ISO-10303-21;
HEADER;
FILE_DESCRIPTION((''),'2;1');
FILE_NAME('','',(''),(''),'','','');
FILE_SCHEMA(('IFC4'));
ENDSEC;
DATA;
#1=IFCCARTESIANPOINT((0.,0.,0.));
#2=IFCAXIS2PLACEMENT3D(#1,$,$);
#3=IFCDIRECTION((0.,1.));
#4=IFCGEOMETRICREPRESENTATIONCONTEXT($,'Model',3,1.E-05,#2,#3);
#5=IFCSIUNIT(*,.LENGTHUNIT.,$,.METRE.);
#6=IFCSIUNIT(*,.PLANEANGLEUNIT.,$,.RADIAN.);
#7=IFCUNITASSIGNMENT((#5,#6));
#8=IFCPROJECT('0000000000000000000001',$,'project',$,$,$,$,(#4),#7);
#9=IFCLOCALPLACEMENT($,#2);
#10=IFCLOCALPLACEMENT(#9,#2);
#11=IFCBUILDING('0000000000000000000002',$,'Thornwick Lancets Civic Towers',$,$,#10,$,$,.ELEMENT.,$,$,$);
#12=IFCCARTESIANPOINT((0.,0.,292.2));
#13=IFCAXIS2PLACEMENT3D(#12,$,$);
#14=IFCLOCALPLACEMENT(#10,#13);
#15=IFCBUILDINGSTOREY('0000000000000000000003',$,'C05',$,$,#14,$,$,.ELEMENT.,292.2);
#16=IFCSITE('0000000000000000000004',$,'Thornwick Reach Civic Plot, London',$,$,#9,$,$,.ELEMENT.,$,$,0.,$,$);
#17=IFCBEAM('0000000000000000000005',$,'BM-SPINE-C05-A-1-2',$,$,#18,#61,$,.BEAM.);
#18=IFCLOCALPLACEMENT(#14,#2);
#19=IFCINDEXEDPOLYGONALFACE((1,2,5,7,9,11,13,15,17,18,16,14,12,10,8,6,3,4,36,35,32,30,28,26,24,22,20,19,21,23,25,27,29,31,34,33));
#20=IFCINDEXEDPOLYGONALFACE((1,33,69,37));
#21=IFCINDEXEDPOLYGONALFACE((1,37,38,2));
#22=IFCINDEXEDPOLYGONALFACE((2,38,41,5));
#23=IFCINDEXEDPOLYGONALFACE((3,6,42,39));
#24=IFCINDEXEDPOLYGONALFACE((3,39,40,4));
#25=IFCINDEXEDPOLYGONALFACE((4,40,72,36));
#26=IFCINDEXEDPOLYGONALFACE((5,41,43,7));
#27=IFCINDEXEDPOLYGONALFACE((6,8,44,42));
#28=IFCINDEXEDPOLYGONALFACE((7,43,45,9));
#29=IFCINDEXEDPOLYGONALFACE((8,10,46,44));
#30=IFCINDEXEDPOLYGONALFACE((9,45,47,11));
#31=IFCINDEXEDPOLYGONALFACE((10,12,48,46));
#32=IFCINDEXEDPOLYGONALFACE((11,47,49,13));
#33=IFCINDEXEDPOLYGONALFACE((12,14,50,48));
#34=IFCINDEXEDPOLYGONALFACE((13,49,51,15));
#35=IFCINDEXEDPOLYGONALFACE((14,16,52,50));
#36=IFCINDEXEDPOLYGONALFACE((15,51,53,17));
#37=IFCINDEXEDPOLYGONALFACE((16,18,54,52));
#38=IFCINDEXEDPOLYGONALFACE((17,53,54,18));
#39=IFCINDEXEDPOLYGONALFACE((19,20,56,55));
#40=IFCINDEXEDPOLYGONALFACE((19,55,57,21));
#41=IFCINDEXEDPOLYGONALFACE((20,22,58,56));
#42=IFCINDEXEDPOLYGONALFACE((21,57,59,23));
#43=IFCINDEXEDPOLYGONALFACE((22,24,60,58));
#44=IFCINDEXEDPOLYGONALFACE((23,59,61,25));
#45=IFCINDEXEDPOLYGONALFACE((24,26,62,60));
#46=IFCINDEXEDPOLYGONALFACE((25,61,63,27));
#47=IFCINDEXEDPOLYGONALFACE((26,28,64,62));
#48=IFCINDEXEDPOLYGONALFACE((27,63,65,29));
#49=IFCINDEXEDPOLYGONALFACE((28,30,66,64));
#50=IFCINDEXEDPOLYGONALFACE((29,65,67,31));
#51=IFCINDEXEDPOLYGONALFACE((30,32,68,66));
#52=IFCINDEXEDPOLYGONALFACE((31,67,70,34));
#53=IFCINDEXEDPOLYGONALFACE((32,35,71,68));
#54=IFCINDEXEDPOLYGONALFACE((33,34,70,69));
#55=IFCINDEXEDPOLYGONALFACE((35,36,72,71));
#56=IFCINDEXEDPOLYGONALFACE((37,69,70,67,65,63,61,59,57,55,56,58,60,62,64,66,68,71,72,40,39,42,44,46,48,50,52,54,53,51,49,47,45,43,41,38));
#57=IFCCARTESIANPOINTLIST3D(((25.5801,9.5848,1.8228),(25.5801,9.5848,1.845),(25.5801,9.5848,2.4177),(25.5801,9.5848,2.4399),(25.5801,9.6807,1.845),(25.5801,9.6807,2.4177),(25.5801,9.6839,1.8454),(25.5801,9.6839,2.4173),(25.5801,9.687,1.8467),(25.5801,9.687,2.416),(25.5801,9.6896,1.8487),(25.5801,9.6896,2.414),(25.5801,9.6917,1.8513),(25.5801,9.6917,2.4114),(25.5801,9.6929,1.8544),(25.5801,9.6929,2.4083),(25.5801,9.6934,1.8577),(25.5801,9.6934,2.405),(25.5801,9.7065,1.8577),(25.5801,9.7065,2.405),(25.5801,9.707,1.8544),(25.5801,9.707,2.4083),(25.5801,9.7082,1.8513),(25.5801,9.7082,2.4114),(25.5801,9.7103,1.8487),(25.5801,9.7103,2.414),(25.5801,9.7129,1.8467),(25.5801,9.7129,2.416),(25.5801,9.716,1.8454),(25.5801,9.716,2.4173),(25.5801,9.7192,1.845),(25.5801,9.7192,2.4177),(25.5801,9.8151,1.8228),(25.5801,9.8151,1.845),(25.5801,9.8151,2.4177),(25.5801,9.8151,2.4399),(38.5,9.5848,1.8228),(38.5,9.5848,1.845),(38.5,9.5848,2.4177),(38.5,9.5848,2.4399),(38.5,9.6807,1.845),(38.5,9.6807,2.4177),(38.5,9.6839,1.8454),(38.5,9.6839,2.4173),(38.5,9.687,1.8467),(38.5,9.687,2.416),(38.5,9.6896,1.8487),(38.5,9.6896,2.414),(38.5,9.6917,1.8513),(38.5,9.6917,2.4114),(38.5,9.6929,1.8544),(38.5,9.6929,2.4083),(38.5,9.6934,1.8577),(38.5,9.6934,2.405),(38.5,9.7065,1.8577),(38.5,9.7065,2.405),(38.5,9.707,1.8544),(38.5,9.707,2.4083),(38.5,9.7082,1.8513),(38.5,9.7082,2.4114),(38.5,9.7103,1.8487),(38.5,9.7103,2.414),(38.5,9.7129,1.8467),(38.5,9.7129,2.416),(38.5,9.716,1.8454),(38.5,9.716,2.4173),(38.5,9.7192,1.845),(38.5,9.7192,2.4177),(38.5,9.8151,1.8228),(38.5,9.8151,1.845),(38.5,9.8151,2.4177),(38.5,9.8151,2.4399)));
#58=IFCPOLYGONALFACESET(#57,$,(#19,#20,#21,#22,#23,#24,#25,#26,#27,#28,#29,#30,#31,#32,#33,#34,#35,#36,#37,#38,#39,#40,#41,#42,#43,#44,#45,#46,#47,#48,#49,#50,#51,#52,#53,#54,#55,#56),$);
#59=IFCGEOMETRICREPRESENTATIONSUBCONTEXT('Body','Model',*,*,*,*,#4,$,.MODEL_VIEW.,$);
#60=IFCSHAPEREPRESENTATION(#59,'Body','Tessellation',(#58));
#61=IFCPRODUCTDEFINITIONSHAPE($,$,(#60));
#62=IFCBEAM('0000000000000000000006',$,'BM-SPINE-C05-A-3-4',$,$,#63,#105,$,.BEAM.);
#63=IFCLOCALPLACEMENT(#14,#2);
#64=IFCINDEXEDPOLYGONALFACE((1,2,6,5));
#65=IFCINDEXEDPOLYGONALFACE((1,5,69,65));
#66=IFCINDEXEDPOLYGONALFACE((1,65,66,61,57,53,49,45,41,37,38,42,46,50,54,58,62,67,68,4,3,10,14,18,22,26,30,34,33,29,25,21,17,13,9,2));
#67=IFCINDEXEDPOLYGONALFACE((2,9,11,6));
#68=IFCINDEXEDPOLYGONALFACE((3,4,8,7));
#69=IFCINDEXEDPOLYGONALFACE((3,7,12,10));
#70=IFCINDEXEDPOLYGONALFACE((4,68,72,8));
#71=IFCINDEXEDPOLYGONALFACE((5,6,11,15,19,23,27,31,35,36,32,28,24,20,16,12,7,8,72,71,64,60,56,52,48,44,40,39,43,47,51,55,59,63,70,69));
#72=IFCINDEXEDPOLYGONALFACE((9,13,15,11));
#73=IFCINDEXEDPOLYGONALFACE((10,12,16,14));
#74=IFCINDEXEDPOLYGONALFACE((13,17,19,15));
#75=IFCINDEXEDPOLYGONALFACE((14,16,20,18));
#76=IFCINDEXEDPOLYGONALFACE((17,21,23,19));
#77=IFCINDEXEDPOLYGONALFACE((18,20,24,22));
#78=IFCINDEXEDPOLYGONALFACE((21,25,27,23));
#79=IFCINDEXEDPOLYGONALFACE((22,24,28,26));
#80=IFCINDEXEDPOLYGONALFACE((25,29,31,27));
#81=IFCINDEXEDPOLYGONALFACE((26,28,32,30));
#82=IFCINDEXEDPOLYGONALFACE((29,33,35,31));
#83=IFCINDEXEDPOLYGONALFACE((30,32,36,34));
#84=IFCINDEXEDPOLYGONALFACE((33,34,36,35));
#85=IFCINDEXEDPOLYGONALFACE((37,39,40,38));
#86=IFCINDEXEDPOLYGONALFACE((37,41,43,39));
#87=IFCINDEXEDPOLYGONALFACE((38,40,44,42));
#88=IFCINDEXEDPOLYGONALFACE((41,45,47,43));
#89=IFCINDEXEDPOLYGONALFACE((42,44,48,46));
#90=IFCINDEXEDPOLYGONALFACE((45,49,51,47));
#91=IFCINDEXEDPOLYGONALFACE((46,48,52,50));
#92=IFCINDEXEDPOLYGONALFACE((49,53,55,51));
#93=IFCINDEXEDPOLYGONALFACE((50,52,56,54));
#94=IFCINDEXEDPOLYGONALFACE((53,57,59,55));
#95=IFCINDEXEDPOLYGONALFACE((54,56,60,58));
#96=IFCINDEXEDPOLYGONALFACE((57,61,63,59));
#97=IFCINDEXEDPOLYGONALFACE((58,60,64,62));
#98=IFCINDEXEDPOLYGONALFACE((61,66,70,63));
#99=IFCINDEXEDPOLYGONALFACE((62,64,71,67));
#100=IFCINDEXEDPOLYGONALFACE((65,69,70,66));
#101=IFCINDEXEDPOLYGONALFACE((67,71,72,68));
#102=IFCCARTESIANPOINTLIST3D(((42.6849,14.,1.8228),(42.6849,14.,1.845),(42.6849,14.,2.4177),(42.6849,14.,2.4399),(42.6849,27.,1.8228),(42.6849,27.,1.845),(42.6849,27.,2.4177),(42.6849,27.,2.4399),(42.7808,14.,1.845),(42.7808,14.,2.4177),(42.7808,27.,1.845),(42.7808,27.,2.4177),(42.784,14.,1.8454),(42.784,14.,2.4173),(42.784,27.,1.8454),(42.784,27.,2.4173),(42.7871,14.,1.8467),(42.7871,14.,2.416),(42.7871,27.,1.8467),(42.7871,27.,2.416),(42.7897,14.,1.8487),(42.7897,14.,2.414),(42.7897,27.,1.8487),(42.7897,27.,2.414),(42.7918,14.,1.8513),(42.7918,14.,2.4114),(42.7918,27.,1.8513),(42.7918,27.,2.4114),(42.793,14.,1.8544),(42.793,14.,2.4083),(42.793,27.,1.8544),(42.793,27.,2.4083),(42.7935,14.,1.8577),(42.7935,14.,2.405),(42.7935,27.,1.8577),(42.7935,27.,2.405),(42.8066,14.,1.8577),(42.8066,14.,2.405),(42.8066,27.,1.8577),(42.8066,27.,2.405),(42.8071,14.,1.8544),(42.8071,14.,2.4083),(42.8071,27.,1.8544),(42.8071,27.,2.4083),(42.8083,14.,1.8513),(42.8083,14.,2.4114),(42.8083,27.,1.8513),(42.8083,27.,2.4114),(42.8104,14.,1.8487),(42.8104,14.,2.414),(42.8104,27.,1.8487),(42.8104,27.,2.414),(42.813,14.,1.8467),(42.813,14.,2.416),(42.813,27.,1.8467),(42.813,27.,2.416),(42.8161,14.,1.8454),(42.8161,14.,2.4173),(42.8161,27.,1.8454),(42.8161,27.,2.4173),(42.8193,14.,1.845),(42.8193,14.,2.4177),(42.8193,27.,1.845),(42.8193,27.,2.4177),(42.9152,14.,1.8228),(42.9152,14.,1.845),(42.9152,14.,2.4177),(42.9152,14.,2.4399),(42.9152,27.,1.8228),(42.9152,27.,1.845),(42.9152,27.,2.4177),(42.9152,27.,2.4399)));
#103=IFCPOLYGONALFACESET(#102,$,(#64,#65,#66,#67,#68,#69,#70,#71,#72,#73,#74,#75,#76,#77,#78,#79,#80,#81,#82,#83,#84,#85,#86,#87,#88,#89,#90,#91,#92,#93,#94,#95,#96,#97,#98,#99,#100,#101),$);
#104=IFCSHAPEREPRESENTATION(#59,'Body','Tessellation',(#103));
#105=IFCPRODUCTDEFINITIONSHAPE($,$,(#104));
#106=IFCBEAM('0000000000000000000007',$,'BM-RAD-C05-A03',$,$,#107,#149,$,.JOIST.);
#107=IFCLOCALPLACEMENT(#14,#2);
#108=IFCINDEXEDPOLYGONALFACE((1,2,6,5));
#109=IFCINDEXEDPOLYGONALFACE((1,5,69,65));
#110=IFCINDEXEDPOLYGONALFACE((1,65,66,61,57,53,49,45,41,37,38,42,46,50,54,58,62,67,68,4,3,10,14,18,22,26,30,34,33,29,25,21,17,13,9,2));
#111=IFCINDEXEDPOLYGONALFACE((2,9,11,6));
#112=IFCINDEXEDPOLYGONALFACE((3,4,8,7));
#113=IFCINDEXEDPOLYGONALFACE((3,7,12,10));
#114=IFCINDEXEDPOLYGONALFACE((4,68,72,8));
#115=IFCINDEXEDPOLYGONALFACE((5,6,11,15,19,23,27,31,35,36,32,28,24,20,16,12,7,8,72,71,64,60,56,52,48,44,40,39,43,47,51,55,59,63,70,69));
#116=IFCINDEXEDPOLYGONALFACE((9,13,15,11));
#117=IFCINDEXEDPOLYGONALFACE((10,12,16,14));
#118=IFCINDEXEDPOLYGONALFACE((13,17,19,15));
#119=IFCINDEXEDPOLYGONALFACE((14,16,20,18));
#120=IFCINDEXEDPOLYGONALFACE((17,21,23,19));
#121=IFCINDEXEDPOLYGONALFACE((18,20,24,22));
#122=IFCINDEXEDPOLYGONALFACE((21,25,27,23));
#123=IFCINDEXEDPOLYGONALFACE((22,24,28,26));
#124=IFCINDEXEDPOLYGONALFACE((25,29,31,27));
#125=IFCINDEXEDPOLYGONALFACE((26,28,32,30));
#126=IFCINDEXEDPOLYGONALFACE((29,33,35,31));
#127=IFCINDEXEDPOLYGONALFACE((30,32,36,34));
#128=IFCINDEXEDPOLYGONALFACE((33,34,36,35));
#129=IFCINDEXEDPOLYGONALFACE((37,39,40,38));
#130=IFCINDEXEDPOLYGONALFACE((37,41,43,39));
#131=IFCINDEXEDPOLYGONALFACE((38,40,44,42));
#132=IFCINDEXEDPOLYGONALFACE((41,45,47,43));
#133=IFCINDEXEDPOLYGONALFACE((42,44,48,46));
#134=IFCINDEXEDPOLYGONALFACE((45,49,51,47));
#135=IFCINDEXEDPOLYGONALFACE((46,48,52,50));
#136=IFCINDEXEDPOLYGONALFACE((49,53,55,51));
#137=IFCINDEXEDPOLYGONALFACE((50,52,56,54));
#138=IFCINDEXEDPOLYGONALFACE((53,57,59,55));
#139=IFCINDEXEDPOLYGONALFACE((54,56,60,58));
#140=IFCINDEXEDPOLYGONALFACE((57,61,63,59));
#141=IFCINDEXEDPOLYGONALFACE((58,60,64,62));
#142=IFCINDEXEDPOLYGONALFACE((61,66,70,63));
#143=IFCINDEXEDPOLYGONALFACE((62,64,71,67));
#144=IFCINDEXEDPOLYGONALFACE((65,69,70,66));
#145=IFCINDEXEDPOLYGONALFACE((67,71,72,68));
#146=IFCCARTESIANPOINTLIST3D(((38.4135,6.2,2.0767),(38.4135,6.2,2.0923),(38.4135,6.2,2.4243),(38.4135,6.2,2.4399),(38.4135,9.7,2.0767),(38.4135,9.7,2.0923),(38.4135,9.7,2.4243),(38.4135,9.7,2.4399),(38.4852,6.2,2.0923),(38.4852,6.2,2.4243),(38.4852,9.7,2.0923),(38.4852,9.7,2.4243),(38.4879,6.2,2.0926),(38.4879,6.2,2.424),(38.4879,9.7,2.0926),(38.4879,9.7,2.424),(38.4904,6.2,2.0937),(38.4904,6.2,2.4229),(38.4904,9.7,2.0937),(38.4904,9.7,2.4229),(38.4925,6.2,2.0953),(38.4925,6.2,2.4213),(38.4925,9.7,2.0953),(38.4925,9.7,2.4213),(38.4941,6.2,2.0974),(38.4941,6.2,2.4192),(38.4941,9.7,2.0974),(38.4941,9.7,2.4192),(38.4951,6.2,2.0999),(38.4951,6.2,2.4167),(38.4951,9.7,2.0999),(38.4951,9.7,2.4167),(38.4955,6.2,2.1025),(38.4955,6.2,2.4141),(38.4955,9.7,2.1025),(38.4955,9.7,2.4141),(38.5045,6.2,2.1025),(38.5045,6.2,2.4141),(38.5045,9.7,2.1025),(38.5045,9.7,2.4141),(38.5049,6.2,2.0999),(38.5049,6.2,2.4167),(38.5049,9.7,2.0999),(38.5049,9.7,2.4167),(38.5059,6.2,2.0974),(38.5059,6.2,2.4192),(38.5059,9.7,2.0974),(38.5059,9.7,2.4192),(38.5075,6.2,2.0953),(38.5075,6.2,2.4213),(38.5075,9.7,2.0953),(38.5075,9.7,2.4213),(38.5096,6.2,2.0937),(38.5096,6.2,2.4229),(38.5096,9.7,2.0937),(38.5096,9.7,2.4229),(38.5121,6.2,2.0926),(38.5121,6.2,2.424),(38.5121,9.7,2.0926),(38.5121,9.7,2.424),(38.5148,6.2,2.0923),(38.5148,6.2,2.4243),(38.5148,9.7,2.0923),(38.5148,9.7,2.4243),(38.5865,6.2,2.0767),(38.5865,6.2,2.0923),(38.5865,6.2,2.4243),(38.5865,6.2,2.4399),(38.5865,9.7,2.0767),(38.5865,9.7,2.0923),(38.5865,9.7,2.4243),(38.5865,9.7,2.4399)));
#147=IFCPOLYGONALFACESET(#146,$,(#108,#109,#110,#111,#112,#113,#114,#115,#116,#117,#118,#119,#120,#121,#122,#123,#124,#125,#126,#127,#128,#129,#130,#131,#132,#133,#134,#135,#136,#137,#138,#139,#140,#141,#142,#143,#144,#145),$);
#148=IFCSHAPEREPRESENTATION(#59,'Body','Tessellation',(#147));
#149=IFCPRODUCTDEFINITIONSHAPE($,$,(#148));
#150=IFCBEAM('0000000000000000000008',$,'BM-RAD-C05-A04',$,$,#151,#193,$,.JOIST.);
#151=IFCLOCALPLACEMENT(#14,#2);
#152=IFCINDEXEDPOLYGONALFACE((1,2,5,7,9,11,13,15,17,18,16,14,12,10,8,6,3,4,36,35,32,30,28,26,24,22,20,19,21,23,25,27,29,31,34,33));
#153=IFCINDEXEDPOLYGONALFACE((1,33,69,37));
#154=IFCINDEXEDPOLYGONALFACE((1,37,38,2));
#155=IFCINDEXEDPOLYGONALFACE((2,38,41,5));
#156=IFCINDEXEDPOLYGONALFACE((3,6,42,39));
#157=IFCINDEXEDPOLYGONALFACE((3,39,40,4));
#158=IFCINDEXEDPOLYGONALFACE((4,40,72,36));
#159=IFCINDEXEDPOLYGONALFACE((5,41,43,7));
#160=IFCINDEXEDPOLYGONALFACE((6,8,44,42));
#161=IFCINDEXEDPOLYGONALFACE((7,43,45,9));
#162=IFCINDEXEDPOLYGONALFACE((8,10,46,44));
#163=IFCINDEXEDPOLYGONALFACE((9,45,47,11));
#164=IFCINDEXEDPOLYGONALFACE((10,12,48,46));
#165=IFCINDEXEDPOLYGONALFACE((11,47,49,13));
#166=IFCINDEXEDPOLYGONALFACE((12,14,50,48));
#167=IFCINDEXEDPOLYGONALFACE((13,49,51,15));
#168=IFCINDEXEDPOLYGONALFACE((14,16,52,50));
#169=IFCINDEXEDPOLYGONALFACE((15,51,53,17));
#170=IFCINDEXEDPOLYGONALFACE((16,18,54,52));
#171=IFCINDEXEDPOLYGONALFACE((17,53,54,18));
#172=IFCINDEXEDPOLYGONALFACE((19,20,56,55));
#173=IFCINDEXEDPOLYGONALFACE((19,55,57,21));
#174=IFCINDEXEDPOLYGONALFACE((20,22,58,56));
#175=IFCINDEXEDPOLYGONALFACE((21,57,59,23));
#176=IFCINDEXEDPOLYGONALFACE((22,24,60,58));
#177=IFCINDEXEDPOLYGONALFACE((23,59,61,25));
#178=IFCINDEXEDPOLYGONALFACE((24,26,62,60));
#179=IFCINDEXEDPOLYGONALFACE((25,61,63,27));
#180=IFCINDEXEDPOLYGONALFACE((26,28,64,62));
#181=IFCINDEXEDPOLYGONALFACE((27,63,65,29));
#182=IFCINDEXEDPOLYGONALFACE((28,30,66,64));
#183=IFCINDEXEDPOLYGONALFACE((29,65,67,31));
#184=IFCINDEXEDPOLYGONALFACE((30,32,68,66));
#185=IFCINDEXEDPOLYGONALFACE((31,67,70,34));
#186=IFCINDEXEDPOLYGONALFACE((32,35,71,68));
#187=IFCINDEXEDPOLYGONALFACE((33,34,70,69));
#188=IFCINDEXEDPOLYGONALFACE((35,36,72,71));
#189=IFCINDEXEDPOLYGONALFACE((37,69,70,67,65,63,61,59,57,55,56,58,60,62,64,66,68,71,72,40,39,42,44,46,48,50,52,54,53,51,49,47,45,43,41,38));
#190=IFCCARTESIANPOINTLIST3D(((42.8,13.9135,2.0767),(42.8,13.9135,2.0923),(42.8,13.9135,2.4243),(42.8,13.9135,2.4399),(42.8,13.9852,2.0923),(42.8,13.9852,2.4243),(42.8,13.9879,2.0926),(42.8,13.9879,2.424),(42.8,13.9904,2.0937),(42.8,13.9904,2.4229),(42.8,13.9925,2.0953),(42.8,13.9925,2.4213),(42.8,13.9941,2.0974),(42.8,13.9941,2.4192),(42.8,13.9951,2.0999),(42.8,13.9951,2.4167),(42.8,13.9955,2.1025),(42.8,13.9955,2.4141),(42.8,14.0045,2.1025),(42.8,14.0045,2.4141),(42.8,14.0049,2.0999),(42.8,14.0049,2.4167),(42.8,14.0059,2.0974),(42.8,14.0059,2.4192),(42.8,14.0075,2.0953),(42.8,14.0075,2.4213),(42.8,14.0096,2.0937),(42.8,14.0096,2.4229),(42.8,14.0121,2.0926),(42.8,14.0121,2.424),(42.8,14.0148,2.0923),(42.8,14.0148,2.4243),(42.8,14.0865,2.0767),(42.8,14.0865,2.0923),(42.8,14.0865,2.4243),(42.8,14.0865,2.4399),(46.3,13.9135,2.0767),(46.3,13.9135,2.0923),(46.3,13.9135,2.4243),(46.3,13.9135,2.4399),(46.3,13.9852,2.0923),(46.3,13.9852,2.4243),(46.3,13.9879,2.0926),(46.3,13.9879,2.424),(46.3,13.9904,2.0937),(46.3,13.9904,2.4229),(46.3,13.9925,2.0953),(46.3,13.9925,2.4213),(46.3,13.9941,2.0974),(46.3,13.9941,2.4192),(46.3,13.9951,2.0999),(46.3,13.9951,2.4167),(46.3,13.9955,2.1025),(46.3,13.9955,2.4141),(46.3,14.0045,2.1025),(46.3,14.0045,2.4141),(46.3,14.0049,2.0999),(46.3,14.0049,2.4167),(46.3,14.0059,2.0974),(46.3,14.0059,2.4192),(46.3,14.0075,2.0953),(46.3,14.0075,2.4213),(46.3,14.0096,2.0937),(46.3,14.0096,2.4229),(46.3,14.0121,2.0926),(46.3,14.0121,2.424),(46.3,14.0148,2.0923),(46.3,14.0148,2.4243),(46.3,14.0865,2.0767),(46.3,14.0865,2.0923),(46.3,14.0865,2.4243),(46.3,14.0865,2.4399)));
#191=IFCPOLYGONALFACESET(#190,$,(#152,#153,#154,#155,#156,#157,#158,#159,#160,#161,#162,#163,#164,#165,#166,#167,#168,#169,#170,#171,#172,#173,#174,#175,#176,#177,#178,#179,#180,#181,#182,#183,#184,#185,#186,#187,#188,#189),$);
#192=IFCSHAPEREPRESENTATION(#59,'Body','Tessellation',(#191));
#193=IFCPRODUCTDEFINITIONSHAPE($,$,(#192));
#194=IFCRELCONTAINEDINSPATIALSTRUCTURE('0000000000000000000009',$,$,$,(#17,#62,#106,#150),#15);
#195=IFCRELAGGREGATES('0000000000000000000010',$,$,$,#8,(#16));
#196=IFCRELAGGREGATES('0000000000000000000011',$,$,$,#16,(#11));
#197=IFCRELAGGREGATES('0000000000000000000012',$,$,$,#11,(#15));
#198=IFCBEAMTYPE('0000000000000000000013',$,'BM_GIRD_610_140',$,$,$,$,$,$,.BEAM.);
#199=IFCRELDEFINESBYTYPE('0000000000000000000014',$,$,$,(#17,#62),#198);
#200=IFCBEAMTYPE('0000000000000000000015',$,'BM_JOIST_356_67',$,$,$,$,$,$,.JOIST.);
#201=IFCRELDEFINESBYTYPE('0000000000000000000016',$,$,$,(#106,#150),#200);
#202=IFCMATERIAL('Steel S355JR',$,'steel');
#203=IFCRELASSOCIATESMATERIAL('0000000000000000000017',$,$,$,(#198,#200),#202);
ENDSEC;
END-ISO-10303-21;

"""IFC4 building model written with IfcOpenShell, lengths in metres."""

from ifc_helpers import new_model, si_unit, direction, frame, origin, origin_2d, place, context, subcontext, project, spatial, i_section, extrude, material, material_profile, profile_set, type_object, element, save


model = new_model("IFC4")

# Units and contexts
model_context = context("Model", 3, precision=1e-05, world=origin(), true_north=direction((0.0, 1.0)))
body_context = subcontext(model_context, "Body", "Model", "MODEL_VIEW")
ifc_project = project(units=[si_unit("LENGTHUNIT", "METRE"), si_unit("PLANEANGLEUNIT", "RADIAN")], contexts=[model_context])

# Site, building, storey
site_placement = place(None, origin())
site = spatial("IfcSite", under=ifc_project, at=site_placement, Name="Thornwick Reach Civic Plot, London", CompositionType="ELEMENT", RefElevation=0.0)
building_placement = place(site_placement, origin())
building = spatial("IfcBuilding", under=site, at=building_placement, Name="Thornwick Lancets Civic Towers", CompositionType="ELEMENT")
storey_placement = place(building_placement, frame((0.0, 0.0, 292.2)))
storey = spatial("IfcBuildingStorey", under=building, at=storey_placement, Name="C05", CompositionType="ELEMENT", Elevation=292.2)

# Shared definitions
ifc_material_1 = material(Name="Steel S355JR", Category="steel")

# Beams
ifc_material_profile_1 = material_profile(ifc_material_1, i_section(OverallWidth=0.2302, OverallDepth=0.6172, WebThickness=0.0132, FlangeThickness=0.0222, FilletRadius=0.0127, at=origin_2d()), Name="UKB 610x229x140")
ifc_profile_set_1 = profile_set([ifc_material_profile_1], Name="Steel S355JR")
beam_type_1 = type_object("IfcBeamType", Name="BM_GIRD_610_140", PredefinedType="BEAM", material=ifc_profile_set_1)
beam_1_placement = place(storey_placement, frame((25.5801, 9.7, 2.1313), z_axis=(1.0, 0.0, 0.0), x_axis=(0.0, 1.0, 0.0)))
element("IfcBeam", 1, at=beam_1_placement, inside=storey, type_object=beam_type_1, Name="BM-SPINE-C05-A-1-2", PredefinedType="BEAM", context=body_context, shape_type="SweptSolid", body=[
    extrude(i_section(OverallWidth=0.2302, OverallDepth=0.6172, WebThickness=0.0132, FlangeThickness=0.0222, FilletRadius=0.0127, at=origin_2d()), origin(), (0.0, 0.0, 1.0), 12.9199),
])
beam_2_placement = place(storey_placement, frame((42.8, 14.0, 2.1313), z_axis=(0.0, 1.0, 0.0), x_axis=(-1.0, 0.0, 0.0)))
element("IfcBeam", 2, at=beam_2_placement, inside=storey, type_object=beam_type_1, Name="BM-SPINE-C05-A-3-4", PredefinedType="BEAM", context=body_context, shape_type="SweptSolid", body=[
    extrude(i_section(OverallWidth=0.2302, OverallDepth=0.6172, WebThickness=0.0132, FlangeThickness=0.0222, FilletRadius=0.0127, at=origin_2d()), origin(), (0.0, 0.0, 1.0), 13.0),
])
ifc_material_profile_2 = material_profile(ifc_material_1, i_section(OverallWidth=0.1731, OverallDepth=0.3633, WebThickness=0.009, FlangeThickness=0.0156, FilletRadius=0.0103, at=origin_2d()), Name="UKB 356x171x67")
ifc_profile_set_2 = profile_set([ifc_material_profile_2], Name="Steel S355JR")
beam_type_2 = type_object("IfcBeamType", Name="BM_JOIST_356_67", PredefinedType="JOIST", material=ifc_profile_set_2)
for number, where, z_axis, x_axis, name in (
    (3, (38.5, 9.7, 2.2583), (0.0, -1.0, 0.0), (1.0, 0.0, 0.0), "BM-RAD-C05-A03"),
    (4, (42.8, 14.0, 2.2583), (1.0, 0.0, 0.0), (0.0, 1.0, 0.0), "BM-RAD-C05-A04"),
):
    element("IfcBeam", number, at=place(storey_placement, frame(where, z_axis=z_axis, x_axis=x_axis)), inside=storey, type_object=beam_type_2, Name=name, PredefinedType="JOIST", context=body_context, shape_type="SweptSolid", body=[
        extrude(i_section(OverallWidth=0.1731, OverallDepth=0.3633, WebThickness=0.009, FlangeThickness=0.0156, FilletRadius=0.0103, at=origin_2d()), origin(), (0.0, 0.0, 1.0), 3.5),
    ])

save(model, "model.ifc")
